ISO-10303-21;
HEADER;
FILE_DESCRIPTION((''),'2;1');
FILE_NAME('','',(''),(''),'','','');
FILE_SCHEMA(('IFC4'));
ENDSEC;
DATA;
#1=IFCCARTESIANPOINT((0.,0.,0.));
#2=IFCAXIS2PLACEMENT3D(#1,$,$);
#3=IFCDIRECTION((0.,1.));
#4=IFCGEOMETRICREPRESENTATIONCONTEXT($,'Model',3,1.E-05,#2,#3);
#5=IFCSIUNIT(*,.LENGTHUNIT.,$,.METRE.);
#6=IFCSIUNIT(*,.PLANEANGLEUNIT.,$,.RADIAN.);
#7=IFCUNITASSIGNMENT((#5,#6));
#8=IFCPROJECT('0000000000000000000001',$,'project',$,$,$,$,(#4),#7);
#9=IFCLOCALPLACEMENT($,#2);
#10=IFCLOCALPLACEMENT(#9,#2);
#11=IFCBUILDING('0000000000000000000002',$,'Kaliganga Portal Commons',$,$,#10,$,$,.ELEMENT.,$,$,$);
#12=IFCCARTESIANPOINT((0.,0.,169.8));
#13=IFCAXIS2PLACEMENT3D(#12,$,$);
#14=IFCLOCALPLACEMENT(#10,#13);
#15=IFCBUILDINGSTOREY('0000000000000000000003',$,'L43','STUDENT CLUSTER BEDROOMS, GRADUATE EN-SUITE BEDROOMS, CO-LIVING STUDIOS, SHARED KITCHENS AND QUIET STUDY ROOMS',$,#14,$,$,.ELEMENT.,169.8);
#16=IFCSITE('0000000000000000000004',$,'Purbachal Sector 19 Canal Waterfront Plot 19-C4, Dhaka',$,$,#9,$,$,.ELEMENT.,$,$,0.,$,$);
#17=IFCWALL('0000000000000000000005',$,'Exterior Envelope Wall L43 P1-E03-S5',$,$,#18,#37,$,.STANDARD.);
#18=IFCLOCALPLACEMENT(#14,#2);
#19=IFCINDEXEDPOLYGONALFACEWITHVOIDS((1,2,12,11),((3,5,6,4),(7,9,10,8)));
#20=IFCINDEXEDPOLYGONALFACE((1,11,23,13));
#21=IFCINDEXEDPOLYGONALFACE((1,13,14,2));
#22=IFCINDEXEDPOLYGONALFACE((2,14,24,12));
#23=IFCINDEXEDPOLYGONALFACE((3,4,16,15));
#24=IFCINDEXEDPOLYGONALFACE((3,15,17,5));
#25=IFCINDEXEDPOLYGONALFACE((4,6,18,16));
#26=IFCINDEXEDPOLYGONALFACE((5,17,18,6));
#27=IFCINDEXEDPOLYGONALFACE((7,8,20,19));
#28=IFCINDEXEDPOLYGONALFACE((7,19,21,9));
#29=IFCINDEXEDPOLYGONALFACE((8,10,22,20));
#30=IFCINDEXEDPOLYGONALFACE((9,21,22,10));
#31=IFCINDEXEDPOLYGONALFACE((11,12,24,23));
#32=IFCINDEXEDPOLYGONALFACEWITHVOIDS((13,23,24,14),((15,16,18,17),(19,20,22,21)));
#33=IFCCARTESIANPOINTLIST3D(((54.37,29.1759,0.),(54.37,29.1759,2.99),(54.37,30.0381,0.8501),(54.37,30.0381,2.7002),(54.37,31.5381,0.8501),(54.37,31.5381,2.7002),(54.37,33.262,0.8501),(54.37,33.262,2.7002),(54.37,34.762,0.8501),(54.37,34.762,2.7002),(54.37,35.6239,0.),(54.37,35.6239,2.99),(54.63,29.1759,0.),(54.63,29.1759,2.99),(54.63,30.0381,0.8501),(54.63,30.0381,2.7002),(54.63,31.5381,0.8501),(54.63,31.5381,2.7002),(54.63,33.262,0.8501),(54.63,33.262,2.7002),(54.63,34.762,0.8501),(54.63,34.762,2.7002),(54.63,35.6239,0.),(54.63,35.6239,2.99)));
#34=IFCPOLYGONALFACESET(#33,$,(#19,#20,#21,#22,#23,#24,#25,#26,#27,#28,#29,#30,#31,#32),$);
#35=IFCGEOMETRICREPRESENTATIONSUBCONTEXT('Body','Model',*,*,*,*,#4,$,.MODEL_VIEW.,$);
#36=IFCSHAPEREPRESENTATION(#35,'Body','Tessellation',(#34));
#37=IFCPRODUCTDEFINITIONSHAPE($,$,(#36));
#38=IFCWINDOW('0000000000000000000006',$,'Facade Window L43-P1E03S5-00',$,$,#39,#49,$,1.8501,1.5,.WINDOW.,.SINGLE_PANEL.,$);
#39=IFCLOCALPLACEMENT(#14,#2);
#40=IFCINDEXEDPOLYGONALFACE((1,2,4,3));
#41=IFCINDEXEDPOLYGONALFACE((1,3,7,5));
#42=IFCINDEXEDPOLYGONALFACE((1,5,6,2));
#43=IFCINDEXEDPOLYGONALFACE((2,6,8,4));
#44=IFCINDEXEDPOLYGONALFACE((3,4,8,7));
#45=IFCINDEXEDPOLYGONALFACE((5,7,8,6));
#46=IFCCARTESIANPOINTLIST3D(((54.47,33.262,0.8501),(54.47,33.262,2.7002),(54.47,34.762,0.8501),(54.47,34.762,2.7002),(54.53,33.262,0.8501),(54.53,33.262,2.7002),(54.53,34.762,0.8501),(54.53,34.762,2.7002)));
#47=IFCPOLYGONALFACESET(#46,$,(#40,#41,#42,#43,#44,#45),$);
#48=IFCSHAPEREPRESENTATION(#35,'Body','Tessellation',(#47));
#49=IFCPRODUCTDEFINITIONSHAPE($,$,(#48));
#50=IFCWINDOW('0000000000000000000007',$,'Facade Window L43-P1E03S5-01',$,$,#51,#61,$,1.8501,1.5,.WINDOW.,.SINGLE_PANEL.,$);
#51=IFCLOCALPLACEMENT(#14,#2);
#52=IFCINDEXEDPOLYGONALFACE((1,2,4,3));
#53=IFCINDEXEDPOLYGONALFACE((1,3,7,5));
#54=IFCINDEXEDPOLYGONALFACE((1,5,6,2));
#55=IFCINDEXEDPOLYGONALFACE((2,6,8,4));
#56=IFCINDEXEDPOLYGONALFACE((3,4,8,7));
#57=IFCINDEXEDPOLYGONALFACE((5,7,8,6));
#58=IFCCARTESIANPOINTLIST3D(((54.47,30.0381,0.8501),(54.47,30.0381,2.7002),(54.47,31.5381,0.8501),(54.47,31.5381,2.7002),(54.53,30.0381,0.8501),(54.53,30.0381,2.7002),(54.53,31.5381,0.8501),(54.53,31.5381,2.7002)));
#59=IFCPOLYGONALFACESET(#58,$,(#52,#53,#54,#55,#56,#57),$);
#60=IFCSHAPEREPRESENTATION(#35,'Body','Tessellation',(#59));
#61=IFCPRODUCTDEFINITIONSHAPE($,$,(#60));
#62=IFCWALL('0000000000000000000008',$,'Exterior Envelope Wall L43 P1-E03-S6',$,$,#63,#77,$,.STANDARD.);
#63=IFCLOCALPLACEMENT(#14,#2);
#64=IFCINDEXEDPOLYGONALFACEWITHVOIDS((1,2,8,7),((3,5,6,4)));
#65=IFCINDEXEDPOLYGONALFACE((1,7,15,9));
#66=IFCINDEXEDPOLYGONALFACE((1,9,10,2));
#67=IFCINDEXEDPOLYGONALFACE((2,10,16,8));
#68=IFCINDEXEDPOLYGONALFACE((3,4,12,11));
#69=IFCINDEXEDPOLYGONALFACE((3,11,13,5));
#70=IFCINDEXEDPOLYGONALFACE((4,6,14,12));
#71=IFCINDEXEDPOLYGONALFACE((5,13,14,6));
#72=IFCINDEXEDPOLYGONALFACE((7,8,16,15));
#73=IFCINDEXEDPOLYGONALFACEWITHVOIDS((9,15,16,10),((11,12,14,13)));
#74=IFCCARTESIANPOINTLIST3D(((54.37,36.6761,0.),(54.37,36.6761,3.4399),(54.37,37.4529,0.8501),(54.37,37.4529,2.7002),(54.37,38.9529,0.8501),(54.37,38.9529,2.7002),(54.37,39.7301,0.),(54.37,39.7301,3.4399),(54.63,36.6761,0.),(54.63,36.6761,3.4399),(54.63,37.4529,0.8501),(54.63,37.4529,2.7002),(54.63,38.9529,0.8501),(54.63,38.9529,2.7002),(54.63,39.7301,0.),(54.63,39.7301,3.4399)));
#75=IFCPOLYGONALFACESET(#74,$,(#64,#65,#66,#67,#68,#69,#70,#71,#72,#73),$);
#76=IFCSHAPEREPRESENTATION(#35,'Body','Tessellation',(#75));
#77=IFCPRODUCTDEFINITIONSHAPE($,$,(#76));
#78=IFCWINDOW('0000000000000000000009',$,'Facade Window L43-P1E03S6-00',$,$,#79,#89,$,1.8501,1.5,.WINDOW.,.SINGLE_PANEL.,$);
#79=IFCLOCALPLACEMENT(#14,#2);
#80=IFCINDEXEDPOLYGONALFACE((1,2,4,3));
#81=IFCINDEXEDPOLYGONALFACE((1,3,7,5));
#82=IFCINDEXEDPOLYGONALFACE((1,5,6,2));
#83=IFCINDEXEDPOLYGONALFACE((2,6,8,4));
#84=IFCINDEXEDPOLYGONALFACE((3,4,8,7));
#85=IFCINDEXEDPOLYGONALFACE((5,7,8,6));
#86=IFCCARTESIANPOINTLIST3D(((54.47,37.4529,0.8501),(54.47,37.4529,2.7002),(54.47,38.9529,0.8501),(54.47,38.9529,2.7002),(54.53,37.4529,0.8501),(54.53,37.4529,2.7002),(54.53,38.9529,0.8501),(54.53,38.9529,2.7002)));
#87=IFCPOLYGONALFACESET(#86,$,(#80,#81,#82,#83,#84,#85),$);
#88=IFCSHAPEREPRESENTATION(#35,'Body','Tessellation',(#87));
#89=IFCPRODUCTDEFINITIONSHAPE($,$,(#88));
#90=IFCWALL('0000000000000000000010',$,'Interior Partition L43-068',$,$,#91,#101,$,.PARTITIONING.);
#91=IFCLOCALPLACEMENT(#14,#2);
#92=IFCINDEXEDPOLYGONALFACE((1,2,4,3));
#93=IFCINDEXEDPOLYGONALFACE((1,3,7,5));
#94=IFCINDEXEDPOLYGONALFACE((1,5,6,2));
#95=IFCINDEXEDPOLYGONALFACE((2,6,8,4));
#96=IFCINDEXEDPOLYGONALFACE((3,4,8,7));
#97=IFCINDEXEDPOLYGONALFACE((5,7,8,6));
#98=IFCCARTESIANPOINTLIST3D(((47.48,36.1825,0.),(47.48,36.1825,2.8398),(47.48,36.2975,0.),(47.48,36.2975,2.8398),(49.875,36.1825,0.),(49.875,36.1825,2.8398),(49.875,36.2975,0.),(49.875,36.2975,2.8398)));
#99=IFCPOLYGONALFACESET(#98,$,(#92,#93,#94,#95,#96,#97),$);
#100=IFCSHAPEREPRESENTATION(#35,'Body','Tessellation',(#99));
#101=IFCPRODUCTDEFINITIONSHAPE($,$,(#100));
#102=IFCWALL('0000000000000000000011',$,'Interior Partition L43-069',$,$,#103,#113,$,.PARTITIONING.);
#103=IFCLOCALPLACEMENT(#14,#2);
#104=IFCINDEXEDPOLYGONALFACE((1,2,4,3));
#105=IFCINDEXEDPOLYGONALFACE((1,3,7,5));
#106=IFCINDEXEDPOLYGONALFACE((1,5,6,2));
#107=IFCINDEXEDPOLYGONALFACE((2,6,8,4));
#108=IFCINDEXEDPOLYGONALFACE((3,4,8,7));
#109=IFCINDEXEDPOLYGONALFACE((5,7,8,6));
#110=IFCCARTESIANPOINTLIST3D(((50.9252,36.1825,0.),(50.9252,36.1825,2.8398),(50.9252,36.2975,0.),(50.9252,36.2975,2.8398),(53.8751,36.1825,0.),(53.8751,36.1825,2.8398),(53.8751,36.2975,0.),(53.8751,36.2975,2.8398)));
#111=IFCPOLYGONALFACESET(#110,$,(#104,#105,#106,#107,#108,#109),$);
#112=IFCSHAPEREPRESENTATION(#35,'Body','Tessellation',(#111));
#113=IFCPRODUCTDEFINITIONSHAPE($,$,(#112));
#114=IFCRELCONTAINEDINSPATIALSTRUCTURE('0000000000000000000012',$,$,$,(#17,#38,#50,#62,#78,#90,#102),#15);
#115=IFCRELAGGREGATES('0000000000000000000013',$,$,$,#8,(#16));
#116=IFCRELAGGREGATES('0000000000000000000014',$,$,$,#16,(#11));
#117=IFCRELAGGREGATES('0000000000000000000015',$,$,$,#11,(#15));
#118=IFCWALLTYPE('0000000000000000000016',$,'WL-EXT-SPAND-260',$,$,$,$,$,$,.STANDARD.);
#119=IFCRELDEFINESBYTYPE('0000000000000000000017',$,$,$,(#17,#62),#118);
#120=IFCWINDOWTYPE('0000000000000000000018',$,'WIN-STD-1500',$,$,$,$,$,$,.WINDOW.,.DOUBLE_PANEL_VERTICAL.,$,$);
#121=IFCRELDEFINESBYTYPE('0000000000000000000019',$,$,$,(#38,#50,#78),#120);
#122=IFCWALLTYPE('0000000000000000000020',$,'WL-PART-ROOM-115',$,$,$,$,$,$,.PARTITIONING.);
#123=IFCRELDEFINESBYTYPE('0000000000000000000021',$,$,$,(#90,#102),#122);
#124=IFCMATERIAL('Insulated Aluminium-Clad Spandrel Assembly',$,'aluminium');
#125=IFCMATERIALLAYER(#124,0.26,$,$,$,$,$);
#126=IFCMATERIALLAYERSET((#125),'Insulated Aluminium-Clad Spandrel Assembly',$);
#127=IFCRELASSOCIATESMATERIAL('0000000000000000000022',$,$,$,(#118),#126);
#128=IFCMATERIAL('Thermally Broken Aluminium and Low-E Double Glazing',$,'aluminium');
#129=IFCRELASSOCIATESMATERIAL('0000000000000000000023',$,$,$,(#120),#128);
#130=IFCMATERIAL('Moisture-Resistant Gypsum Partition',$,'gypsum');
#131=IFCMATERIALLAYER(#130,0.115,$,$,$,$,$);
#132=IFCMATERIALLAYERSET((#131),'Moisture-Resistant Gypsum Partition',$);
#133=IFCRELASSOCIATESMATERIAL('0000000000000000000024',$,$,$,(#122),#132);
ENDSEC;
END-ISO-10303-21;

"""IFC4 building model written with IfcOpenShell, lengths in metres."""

from ifc_helpers import new_model, si_unit, direction, frame, frame_2d, origin, place, context, subcontext, project, spatial, rectangle, extrude, material, layer, layer_set, type_object, element, fill, save


model = new_model("IFC4")

# Units and contexts
model_context = context("Model", 3, precision=1e-05, world=origin(), true_north=direction((0.0, 1.0)))
body_context = subcontext(model_context, "Body", "Model", "MODEL_VIEW")
ifc_project = project(units=[si_unit("LENGTHUNIT", "METRE"), si_unit("PLANEANGLEUNIT", "RADIAN")], contexts=[model_context])

# Site, building, storey
site_placement = place(None, origin())
site = spatial("IfcSite", under=ifc_project, at=site_placement, Name="Purbachal Sector 19 Canal Waterfront Plot 19-C4, Dhaka", CompositionType="ELEMENT", RefElevation=0.0)
building_placement = place(site_placement, origin())
building = spatial("IfcBuilding", under=site, at=building_placement, Name="Kaliganga Portal Commons", CompositionType="ELEMENT")
storey_placement = place(building_placement, frame((0.0, 0.0, 169.8)))
storey = spatial("IfcBuildingStorey", under=building, at=storey_placement, Name="L43", Description="STUDENT CLUSTER BEDROOMS, GRADUATE EN-SUITE BEDROOMS, CO-LIVING STUDIOS, SHARED KITCHENS AND QUIET STUDY ROOMS", CompositionType="ELEMENT", Elevation=169.8)

# Wall, openings, windows
ifc_material_1 = material(Name="Insulated Aluminium-Clad Spandrel Assembly", Category="aluminium")
ifc_layer_1 = layer(ifc_material_1, 0.26)
ifc_layer_set_1 = layer_set([ifc_layer_1], Name="Insulated Aluminium-Clad Spandrel Assembly")
wall_type_1 = type_object("IfcWallType", Name="WL-EXT-SPAND-260", PredefinedType="STANDARD", material=ifc_layer_set_1)
wall_1_placement = place(storey_placement, frame((54.5, 35.624, 0.0), z_axis=(0.0, 0.0, 1.0), x_axis=(0.0, -1.0, 0.0)))
wall_1 = element("IfcWall", 1, at=wall_1_placement, inside=storey, type_object=wall_type_1, Name="Exterior Envelope Wall L43 P1-E03-S5", PredefinedType="STANDARD", context=body_context, shape_type="SweptSolid", body=[
    extrude(rectangle(XDim=6.448, YDim=0.26, at=frame_2d((3.2241, 0.0))), origin(), (0.0, 0.0, 1.0), 2.99),
])
opening_1_placement = place(wall_1_placement, frame((0.8621, 0.0, 0.8501)))
opening_1 = element("IfcOpeningElement", 2, at=opening_1_placement, cuts=wall_1, PredefinedType="OPENING", context=body_context, shape_type="SweptSolid", body=[
    extrude(rectangle(XDim=1.5, YDim=1.8501, at=frame_2d((0.75, 0.925))), frame((0.0, 0.1401, 0.0), z_axis=(0.0, -1.0, 0.0), x_axis=(1.0, 0.0, 0.0)), (0.0, 0.0, 1.0), 0.28),
])
opening_2_placement = place(wall_1_placement, frame((4.0859, 0.0, 0.8501)))
opening_2 = element("IfcOpeningElement", 3, at=opening_2_placement, cuts=wall_1, PredefinedType="OPENING", context=body_context, shape_type="SweptSolid", body=[
    extrude(rectangle(XDim=1.5, YDim=1.8501, at=frame_2d((0.75, 0.925))), frame((0.0, 0.1401, 0.0), z_axis=(0.0, -1.0, 0.0), x_axis=(1.0, 0.0, 0.0)), (0.0, 0.0, 1.0), 0.28),
])
ifc_material_2 = material(Name="Thermally Broken Aluminium and Low-E Double Glazing", Category="aluminium")
window_type = type_object("IfcWindowType", Name="WIN-STD-1500", PartitioningType="DOUBLE_PANEL_VERTICAL", PredefinedType="WINDOW", material=ifc_material_2)
window_1_placement = place(opening_1_placement, origin())
window_1 = element("IfcWindow", 4, at=window_1_placement, inside=storey, type_object=window_type, Name="Facade Window L43-P1E03S5-00", OverallHeight=1.8501, OverallWidth=1.5, PartitioningType="SINGLE_PANEL", PredefinedType="WINDOW", context=body_context, shape_type="SweptSolid", body=[
    extrude(rectangle(XDim=1.5, YDim=1.8501, at=frame_2d((0.75, 0.925))), frame((0.0, 0.03, 0.0), z_axis=(0.0, -1.0, 0.0), x_axis=(1.0, 0.0, 0.0)), (0.0, 0.0, 1.0), 0.0601),
])
fill(opening_1, window_1)
window_2_placement = place(opening_2_placement, origin())
window_2 = element("IfcWindow", 5, at=window_2_placement, inside=storey, type_object=window_type, Name="Facade Window L43-P1E03S5-01", OverallHeight=1.8501, OverallWidth=1.5, PartitioningType="SINGLE_PANEL", PredefinedType="WINDOW", context=body_context, shape_type="SweptSolid", body=[
    extrude(rectangle(XDim=1.5, YDim=1.8501, at=frame_2d((0.75, 0.925))), frame((0.0, 0.03, 0.0), z_axis=(0.0, -1.0, 0.0), x_axis=(1.0, 0.0, 0.0)), (0.0, 0.0, 1.0), 0.0601),
])
fill(opening_2, window_2)

# Wall, opening, window
wall_2_placement = place(storey_placement, frame((54.5, 39.73, 0.0), z_axis=(0.0, 0.0, 1.0), x_axis=(0.0, -1.0, 0.0)))
wall_2 = element("IfcWall", 6, at=wall_2_placement, inside=storey, type_object=wall_type_1, Name="Exterior Envelope Wall L43 P1-E03-S6", PredefinedType="STANDARD", context=body_context, shape_type="SweptSolid", body=[
    extrude(rectangle(XDim=3.054, YDim=0.26, at=frame_2d((1.5269, 0.0))), origin(), (0.0, 0.0, 1.0), 3.4399),
])
opening_3_placement = place(wall_2_placement, frame((0.7771, 0.0, 0.8501)))
opening_3 = element("IfcOpeningElement", 7, at=opening_3_placement, cuts=wall_2, PredefinedType="OPENING", context=body_context, shape_type="SweptSolid", body=[
    extrude(rectangle(XDim=1.5, YDim=1.8501, at=frame_2d((0.75, 0.925))), frame((0.0, 0.1401, 0.0), z_axis=(0.0, -1.0, 0.0), x_axis=(1.0, 0.0, 0.0)), (0.0, 0.0, 1.0), 0.28),
])
window_3_placement = place(opening_3_placement, origin())
window_3 = element("IfcWindow", 8, at=window_3_placement, inside=storey, type_object=window_type, Name="Facade Window L43-P1E03S6-00", OverallHeight=1.8501, OverallWidth=1.5, PartitioningType="SINGLE_PANEL", PredefinedType="WINDOW", context=body_context, shape_type="SweptSolid", body=[
    extrude(rectangle(XDim=1.5, YDim=1.8501, at=frame_2d((0.75, 0.925))), frame((0.0, 0.03, 0.0), z_axis=(0.0, -1.0, 0.0), x_axis=(1.0, 0.0, 0.0)), (0.0, 0.0, 1.0), 0.0601),
])
fill(opening_3, window_3)

# Walls
ifc_material_3 = material(Name="Moisture-Resistant Gypsum Partition", Category="gypsum")
ifc_layer_2 = layer(ifc_material_3, 0.115)
ifc_layer_set_2 = layer_set([ifc_layer_2], Name="Moisture-Resistant Gypsum Partition")
wall_type_2 = type_object("IfcWallType", Name="WL-PART-ROOM-115", PredefinedType="PARTITIONING", material=ifc_layer_set_2)
wall_3_placement = place(storey_placement, frame((47.48, 36.24, 0.0), z_axis=(0.0, 0.0, 1.0), x_axis=(1.0, 0.0, 0.0)))
element("IfcWall", 9, at=wall_3_placement, inside=storey, type_object=wall_type_2, Name="Interior Partition L43-068", PredefinedType="PARTITIONING", context=body_context, shape_type="SweptSolid", body=[
    extrude(rectangle(XDim=2.395, YDim=0.115, at=frame_2d((1.1975, 0.0))), origin(), (0.0, 0.0, 1.0), 2.8398),
])
wall_4_placement = place(storey_placement, frame((50.925, 36.24, 0.0), z_axis=(0.0, 0.0, 1.0), x_axis=(1.0, 0.0, 0.0)))
element("IfcWall", 10, at=wall_4_placement, inside=storey, type_object=wall_type_2, Name="Interior Partition L43-069", PredefinedType="PARTITIONING", context=body_context, shape_type="SweptSolid", body=[
    extrude(rectangle(XDim=2.95, YDim=0.115, at=frame_2d((1.4751, 0.0))), origin(), (0.0, 0.0, 1.0), 2.8398),
])

save(model, "model.ifc")
